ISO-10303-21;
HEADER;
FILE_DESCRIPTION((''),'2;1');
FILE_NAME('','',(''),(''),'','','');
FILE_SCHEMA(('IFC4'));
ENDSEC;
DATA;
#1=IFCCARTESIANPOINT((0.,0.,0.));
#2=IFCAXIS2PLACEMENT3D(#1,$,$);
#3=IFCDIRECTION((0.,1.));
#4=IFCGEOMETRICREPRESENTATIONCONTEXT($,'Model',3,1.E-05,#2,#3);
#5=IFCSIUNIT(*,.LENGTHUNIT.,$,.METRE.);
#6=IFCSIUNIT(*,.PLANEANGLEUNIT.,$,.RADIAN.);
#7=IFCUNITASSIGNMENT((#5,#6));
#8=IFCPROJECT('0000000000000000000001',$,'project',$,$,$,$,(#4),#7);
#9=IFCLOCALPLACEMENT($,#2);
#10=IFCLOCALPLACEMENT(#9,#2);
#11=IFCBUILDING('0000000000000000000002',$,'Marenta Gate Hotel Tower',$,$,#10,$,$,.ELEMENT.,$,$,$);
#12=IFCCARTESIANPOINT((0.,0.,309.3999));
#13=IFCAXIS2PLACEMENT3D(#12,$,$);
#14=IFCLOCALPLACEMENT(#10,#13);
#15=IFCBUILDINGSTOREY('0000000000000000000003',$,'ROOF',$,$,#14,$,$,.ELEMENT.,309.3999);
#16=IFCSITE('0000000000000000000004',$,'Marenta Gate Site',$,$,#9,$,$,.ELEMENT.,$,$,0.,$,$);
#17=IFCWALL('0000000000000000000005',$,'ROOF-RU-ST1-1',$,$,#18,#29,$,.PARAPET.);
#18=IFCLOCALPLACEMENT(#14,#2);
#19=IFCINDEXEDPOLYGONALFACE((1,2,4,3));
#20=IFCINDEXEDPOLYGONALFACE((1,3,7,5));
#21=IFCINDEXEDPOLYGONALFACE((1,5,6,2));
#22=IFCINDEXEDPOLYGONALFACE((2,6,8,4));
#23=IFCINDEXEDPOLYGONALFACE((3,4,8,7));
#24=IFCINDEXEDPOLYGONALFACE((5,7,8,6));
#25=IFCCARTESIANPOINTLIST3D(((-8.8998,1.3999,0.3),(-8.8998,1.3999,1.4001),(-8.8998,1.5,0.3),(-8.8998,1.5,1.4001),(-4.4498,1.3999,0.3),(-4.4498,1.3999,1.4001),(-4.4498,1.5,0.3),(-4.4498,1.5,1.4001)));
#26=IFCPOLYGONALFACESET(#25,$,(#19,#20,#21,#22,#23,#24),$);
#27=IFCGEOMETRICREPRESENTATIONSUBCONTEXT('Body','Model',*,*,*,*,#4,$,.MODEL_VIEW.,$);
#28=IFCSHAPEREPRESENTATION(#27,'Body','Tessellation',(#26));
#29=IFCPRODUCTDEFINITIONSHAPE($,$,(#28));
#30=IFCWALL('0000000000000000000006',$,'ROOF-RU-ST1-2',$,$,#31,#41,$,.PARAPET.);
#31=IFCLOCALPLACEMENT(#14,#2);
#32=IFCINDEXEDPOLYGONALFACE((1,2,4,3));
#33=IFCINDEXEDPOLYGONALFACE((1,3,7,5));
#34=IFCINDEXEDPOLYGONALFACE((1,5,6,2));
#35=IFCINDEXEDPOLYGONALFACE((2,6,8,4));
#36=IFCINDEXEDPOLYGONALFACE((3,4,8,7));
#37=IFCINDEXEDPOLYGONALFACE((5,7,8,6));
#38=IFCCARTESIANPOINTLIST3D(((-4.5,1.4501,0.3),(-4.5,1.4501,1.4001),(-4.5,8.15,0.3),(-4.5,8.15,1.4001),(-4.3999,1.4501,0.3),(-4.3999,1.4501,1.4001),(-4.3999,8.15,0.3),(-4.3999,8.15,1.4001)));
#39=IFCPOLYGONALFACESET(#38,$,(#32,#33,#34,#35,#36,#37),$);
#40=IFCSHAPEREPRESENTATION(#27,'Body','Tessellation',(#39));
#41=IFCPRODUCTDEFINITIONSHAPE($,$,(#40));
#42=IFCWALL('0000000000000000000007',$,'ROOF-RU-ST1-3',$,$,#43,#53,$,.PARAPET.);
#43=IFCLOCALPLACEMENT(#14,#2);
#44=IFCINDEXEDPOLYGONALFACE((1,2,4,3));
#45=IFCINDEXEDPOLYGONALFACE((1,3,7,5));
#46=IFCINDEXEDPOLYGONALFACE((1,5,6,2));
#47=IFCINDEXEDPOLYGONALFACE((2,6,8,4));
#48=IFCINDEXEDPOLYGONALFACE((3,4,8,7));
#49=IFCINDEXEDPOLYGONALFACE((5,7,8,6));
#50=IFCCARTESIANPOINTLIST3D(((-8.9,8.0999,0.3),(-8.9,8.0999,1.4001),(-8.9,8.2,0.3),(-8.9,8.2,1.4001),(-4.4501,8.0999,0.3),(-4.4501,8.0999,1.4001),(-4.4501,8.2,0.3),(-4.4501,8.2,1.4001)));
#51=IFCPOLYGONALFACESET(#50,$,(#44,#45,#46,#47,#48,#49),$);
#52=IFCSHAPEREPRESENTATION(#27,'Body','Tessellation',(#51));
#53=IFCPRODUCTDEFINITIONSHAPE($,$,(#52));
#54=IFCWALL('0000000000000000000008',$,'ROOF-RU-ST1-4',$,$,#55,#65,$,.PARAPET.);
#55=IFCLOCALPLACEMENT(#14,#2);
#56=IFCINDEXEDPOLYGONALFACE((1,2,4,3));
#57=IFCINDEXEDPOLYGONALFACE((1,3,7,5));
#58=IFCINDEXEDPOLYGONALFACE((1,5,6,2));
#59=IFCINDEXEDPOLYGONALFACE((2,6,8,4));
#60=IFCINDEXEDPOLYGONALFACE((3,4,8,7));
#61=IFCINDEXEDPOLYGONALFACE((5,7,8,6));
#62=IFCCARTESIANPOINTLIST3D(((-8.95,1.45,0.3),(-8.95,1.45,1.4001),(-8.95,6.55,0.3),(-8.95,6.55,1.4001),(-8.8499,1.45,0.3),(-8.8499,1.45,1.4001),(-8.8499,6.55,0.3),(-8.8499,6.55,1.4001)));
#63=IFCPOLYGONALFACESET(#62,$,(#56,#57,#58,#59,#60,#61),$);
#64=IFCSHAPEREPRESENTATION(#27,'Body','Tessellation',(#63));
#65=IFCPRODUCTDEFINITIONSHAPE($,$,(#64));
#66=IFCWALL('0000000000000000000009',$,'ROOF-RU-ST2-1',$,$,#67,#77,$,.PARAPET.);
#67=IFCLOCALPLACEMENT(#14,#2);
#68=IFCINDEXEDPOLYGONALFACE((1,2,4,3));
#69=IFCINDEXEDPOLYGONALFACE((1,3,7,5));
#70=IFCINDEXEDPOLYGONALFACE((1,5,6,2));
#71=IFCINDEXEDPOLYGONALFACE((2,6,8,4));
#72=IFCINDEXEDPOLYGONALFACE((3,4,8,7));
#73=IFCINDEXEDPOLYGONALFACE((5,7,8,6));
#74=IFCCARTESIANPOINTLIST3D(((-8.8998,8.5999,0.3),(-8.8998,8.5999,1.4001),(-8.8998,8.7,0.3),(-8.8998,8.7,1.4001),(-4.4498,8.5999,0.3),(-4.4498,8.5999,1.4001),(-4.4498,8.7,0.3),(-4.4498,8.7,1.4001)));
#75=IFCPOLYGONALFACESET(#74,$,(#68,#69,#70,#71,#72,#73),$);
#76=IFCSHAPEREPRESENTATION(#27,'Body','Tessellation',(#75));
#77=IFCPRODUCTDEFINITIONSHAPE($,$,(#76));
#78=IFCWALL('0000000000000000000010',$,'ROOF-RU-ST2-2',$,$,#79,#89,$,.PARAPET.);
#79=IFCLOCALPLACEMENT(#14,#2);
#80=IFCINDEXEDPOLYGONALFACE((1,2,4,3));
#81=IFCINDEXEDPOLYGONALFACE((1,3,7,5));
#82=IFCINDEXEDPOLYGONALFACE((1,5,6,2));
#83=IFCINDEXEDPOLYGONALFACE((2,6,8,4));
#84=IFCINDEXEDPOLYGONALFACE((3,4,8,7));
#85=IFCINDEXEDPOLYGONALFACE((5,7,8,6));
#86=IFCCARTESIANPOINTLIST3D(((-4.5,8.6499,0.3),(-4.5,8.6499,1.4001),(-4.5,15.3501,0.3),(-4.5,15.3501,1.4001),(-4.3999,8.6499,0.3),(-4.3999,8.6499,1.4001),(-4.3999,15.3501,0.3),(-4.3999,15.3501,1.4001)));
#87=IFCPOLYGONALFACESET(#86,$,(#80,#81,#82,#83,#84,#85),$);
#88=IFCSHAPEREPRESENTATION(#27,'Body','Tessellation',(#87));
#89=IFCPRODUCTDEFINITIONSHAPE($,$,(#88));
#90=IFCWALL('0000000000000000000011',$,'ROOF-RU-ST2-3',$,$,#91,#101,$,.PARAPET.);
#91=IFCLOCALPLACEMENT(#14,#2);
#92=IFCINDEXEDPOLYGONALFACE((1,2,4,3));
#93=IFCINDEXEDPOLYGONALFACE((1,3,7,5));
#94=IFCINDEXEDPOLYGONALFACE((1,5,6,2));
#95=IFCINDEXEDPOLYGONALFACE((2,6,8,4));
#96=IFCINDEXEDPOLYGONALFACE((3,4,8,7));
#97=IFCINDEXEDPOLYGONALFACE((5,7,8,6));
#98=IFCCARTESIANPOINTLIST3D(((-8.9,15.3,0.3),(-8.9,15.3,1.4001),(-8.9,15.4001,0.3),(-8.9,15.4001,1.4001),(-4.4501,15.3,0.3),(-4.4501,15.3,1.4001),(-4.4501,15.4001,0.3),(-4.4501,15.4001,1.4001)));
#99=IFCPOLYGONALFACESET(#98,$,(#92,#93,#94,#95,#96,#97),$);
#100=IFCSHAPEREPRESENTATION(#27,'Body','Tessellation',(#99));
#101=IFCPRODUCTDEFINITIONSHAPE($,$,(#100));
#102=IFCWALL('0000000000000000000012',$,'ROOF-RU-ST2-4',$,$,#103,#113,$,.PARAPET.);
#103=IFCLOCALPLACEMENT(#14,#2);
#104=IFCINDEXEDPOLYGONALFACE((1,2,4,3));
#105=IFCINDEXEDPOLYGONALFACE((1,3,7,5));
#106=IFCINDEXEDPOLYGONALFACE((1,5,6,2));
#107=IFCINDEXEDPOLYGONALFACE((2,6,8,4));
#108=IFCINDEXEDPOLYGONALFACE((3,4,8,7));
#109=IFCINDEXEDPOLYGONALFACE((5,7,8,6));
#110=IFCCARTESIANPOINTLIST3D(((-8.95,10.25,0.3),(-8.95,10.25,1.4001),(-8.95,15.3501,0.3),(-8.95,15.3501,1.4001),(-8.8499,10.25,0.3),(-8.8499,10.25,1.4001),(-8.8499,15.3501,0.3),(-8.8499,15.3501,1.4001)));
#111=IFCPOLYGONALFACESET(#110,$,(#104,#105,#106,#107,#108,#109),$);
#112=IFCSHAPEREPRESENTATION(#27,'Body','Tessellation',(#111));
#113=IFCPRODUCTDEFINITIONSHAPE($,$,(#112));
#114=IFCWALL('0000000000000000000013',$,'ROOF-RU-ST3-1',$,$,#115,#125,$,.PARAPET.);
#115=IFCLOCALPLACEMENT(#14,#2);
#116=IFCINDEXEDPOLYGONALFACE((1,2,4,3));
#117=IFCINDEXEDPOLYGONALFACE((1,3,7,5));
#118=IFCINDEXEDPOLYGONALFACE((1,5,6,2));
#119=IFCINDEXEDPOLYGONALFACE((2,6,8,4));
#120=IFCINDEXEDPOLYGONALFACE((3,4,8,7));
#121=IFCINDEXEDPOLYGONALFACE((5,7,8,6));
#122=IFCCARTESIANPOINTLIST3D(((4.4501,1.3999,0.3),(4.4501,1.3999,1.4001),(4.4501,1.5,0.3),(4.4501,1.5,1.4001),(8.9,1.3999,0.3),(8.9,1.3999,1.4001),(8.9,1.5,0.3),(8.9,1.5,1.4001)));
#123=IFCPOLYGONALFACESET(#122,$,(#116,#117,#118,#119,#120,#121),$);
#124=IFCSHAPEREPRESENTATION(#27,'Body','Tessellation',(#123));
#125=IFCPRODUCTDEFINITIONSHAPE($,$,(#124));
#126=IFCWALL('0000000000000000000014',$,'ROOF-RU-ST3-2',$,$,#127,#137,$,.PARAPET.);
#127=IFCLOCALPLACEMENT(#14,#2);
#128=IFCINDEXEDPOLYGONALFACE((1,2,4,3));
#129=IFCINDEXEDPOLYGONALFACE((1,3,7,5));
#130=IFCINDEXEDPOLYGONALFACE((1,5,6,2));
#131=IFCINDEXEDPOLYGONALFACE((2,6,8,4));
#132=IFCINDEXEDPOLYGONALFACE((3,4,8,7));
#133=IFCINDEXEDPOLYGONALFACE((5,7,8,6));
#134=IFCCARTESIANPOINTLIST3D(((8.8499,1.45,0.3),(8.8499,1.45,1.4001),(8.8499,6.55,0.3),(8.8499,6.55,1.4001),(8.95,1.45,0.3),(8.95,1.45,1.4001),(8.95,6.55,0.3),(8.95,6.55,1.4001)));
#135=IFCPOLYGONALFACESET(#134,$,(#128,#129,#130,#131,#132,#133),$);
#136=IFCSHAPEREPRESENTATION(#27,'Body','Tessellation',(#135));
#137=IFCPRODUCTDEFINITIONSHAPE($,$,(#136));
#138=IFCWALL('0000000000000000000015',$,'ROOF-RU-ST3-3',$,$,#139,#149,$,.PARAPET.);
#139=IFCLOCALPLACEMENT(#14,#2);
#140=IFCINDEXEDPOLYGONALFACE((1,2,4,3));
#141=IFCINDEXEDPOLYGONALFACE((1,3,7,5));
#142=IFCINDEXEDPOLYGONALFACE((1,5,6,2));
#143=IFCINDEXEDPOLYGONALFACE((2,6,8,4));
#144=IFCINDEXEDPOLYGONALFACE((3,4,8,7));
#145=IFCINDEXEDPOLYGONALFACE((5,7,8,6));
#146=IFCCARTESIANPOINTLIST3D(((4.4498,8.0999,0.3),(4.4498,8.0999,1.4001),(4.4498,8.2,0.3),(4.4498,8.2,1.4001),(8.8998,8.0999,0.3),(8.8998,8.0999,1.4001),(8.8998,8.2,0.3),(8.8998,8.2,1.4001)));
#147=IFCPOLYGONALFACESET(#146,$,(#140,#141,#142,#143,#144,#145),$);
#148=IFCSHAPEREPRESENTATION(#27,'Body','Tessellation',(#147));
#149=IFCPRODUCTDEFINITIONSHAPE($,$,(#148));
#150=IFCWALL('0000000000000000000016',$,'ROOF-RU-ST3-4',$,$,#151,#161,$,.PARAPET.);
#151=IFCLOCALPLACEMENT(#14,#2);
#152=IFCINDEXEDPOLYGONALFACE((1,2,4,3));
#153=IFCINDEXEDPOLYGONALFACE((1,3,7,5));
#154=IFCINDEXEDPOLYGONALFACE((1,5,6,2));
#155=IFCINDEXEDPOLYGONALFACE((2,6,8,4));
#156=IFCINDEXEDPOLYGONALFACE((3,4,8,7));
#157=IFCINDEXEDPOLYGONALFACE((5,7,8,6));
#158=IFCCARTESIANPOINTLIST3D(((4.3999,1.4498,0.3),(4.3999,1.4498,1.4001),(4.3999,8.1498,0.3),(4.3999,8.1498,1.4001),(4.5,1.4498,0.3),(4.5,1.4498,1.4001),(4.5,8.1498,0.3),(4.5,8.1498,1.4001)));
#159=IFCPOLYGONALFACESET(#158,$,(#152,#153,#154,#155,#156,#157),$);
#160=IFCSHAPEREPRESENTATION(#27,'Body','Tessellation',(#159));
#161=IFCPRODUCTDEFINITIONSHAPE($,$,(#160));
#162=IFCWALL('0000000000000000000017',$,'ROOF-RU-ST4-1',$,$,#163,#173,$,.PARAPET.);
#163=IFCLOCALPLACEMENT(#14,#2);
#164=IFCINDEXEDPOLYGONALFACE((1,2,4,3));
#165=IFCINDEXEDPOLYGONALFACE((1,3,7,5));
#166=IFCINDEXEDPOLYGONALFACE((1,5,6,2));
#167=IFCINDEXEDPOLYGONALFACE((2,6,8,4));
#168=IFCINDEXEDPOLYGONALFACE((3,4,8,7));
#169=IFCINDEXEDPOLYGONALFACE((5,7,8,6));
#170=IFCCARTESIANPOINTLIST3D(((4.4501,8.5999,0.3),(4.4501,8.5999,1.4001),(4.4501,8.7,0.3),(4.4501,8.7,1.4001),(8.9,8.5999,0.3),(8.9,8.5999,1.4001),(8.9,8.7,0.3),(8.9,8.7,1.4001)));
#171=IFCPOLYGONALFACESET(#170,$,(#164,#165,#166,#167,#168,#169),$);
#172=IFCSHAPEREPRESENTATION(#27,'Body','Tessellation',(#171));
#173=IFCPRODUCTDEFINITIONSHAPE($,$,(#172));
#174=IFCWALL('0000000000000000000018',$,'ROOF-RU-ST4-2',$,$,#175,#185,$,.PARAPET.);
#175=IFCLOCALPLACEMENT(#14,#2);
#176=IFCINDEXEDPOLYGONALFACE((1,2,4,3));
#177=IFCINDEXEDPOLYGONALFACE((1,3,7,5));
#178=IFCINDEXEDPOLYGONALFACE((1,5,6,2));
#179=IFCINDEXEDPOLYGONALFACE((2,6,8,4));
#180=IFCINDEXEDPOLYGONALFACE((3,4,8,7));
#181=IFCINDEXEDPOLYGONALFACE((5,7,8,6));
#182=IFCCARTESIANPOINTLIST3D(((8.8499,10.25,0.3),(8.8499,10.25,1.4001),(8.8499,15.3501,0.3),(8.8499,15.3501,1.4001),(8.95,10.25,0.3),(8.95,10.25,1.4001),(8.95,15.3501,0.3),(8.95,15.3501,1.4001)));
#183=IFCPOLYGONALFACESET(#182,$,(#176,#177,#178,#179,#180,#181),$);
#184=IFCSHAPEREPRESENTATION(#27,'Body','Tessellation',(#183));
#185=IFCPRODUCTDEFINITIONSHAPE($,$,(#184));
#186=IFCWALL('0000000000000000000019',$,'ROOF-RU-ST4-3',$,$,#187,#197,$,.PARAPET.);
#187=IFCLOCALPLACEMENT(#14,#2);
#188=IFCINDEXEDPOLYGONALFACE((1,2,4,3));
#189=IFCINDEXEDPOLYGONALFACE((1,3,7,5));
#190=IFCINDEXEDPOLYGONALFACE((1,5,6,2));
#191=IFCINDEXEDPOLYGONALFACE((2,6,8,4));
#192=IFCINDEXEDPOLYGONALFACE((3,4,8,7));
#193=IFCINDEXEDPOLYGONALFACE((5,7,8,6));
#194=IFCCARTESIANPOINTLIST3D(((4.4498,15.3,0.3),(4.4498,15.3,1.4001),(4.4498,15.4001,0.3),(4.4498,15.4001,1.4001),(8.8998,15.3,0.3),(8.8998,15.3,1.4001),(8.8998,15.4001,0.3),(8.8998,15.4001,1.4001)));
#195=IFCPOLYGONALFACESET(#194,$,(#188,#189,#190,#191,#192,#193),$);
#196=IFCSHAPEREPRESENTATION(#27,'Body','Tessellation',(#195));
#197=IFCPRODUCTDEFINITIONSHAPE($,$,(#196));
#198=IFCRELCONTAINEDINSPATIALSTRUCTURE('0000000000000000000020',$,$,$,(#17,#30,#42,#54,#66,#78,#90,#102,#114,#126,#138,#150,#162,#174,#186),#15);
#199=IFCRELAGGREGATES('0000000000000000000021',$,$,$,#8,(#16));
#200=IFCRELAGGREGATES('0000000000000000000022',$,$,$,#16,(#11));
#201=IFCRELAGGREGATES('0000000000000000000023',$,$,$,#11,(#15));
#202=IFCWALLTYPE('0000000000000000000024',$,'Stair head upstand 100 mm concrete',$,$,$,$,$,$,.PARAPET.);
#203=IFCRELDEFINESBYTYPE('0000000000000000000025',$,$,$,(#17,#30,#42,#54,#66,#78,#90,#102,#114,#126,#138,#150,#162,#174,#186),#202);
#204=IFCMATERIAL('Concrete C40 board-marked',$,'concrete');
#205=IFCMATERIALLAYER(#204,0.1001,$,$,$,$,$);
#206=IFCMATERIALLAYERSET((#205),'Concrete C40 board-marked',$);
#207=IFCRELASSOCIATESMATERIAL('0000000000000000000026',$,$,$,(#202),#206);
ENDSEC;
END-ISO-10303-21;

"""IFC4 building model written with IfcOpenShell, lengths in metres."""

from ifc_helpers import new_model, si_unit, direction, frame, frame_2d, origin, place, context, subcontext, project, spatial, rectangle, extrude, material, layer, layer_set, type_object, element, save


model = new_model("IFC4")

# Units and contexts
model_context = context("Model", 3, precision=1e-05, world=origin(), true_north=direction((0.0, 1.0)))
body_context = subcontext(model_context, "Body", "Model", "MODEL_VIEW")
ifc_project = project(units=[si_unit("LENGTHUNIT", "METRE"), si_unit("PLANEANGLEUNIT", "RADIAN")], contexts=[model_context])

# Site, building, storey
site_placement = place(None, origin())
site = spatial("IfcSite", under=ifc_project, at=site_placement, Name="Marenta Gate Site", CompositionType="ELEMENT", RefElevation=0.0)
building_placement = place(site_placement, origin())
building = spatial("IfcBuilding", under=site, at=building_placement, Name="Marenta Gate Hotel Tower", CompositionType="ELEMENT")
storey_placement = place(building_placement, frame((0.0, 0.0, 309.3999)))
storey = spatial("IfcBuildingStorey", under=building, at=storey_placement, Name="ROOF", CompositionType="ELEMENT", Elevation=309.3999)

# Walls
ifc_material_1 = material(Name="Concrete C40 board-marked", Category="concrete")
ifc_layer_1 = layer(ifc_material_1, 0.1001)
ifc_layer_set_1 = layer_set([ifc_layer_1], Name="Concrete C40 board-marked")
wall_type_1 = type_object("IfcWallType", Name="Stair head upstand 100 mm concrete", PredefinedType="PARAPET", material=ifc_layer_set_1)
wall_1_placement = place(storey_placement, frame((-8.8999, 1.45, 0.3), z_axis=(0.0, 0.0, 1.0), x_axis=(1.0, 0.0, 0.0)))
element("IfcWall", 1, at=wall_1_placement, inside=storey, type_object=wall_type_1, Name="ROOF-RU-ST1-1", PredefinedType="PARAPET", context=body_context, shape_type="SweptSolid", body=[
    extrude(rectangle(XDim=4.45, YDim=0.1001, at=frame_2d((2.2251, 0.0))), origin(), (0.0, 0.0, 1.0), 1.1001),
])
wall_2_placement = place(storey_placement, frame((-4.45, 1.45, 0.3), z_axis=(0.0, 0.0, 1.0), x_axis=(0.0, 1.0, 0.0)))
element("IfcWall", 2, at=wall_2_placement, inside=storey, type_object=wall_type_1, Name="ROOF-RU-ST1-2", PredefinedType="PARAPET", context=body_context, shape_type="SweptSolid", body=[
    extrude(rectangle(XDim=6.7, YDim=0.1001, at=frame_2d((3.3501, 0.0))), origin(), (0.0, 0.0, 1.0), 1.1001),
])
wall_3_placement = place(storey_placement, frame((-4.45, 8.1499, 0.3), z_axis=(0.0, 0.0, 1.0), x_axis=(-1.0, 0.0, 0.0)))
element("IfcWall", 3, at=wall_3_placement, inside=storey, type_object=wall_type_1, Name="ROOF-RU-ST1-3", PredefinedType="PARAPET", context=body_context, shape_type="SweptSolid", body=[
    extrude(rectangle(XDim=4.45, YDim=0.1001, at=frame_2d((2.2251, 0.0))), origin(), (0.0, 0.0, 1.0), 1.1001),
])
wall_4_placement = place(storey_placement, frame((-8.8999, 1.45, 0.3), z_axis=(0.0, 0.0, 1.0), x_axis=(0.0, 1.0, 0.0)))
element("IfcWall", 4, at=wall_4_placement, inside=storey, type_object=wall_type_1, Name="ROOF-RU-ST1-4", PredefinedType="PARAPET", context=body_context, shape_type="SweptSolid", body=[
    extrude(rectangle(XDim=5.1001, YDim=0.1001, at=frame_2d((2.55, 0.0))), origin(), (0.0, 0.0, 1.0), 1.1001),
])
wall_5_placement = place(storey_placement, frame((-8.8999, 8.6499, 0.3), z_axis=(0.0, 0.0, 1.0), x_axis=(1.0, 0.0, 0.0)))
element("IfcWall", 5, at=wall_5_placement, inside=storey, type_object=wall_type_1, Name="ROOF-RU-ST2-1", PredefinedType="PARAPET", context=body_context, shape_type="SweptSolid", body=[
    extrude(rectangle(XDim=4.45, YDim=0.1001, at=frame_2d((2.2251, 0.0))), origin(), (0.0, 0.0, 1.0), 1.1001),
])
wall_6_placement = place(storey_placement, frame((-4.45, 8.6499, 0.3), z_axis=(0.0, 0.0, 1.0), x_axis=(0.0, 1.0, 0.0)))
element("IfcWall", 6, at=wall_6_placement, inside=storey, type_object=wall_type_1, Name="ROOF-RU-ST2-2", PredefinedType="PARAPET", context=body_context, shape_type="SweptSolid", body=[
    extrude(rectangle(XDim=6.7002, YDim=0.1001, at=frame_2d((3.3501, 0.0))), origin(), (0.0, 0.0, 1.0), 1.1001),
])
wall_7_placement = place(storey_placement, frame((-4.45, 15.3501, 0.3), z_axis=(0.0, 0.0, 1.0), x_axis=(-1.0, 0.0, 0.0)))
element("IfcWall", 7, at=wall_7_placement, inside=storey, type_object=wall_type_1, Name="ROOF-RU-ST2-3", PredefinedType="PARAPET", context=body_context, shape_type="SweptSolid", body=[
    extrude(rectangle(XDim=4.45, YDim=0.1001, at=frame_2d((2.2251, 0.0))), origin(), (0.0, 0.0, 1.0), 1.1001),
])
wall_8_placement = place(storey_placement, frame((-8.8999, 10.25, 0.3), z_axis=(0.0, 0.0, 1.0), x_axis=(0.0, 1.0, 0.0)))
element("IfcWall", 8, at=wall_8_placement, inside=storey, type_object=wall_type_1, Name="ROOF-RU-ST2-4", PredefinedType="PARAPET", context=body_context, shape_type="SweptSolid", body=[
    extrude(rectangle(XDim=5.1001, YDim=0.1001, at=frame_2d((2.55, 0.0))), origin(), (0.0, 0.0, 1.0), 1.1001),
])
wall_9_placement = place(storey_placement, frame((4.45, 1.45, 0.3), z_axis=(0.0, 0.0, 1.0), x_axis=(1.0, 0.0, 0.0)))
element("IfcWall", 9, at=wall_9_placement, inside=storey, type_object=wall_type_1, Name="ROOF-RU-ST3-1", PredefinedType="PARAPET", context=body_context, shape_type="SweptSolid", body=[
    extrude(rectangle(XDim=4.45, YDim=0.1001, at=frame_2d((2.2251, 0.0))), origin(), (0.0, 0.0, 1.0), 1.1001),
])
wall_10_placement = place(storey_placement, frame((8.8999, 1.45, 0.3), z_axis=(0.0, 0.0, 1.0), x_axis=(0.0, 1.0, 0.0)))
element("IfcWall", 10, at=wall_10_placement, inside=storey, type_object=wall_type_1, Name="ROOF-RU-ST3-2", PredefinedType="PARAPET", context=body_context, shape_type="SweptSolid", body=[
    extrude(rectangle(XDim=5.1001, YDim=0.1001, at=frame_2d((2.55, 0.0))), origin(), (0.0, 0.0, 1.0), 1.1001),
])
wall_11_placement = place(storey_placement, frame((8.8999, 8.1499, 0.3), z_axis=(0.0, 0.0, 1.0), x_axis=(-1.0, 0.0, 0.0)))
element("IfcWall", 11, at=wall_11_placement, inside=storey, type_object=wall_type_1, Name="ROOF-RU-ST3-3", PredefinedType="PARAPET", context=body_context, shape_type="SweptSolid", body=[
    extrude(rectangle(XDim=4.45, YDim=0.1001, at=frame_2d((2.2251, 0.0))), origin(), (0.0, 0.0, 1.0), 1.1001),
])
wall_12_placement = place(storey_placement, frame((4.45, 8.1499, 0.3), z_axis=(0.0, 0.0, 1.0), x_axis=(0.0, -1.0, 0.0)))
element("IfcWall", 12, at=wall_12_placement, inside=storey, type_object=wall_type_1, Name="ROOF-RU-ST3-4", PredefinedType="PARAPET", context=body_context, shape_type="SweptSolid", body=[
    extrude(rectangle(XDim=6.7, YDim=0.1001, at=frame_2d((3.3501, 0.0))), origin(), (0.0, 0.0, 1.0), 1.1001),
])
wall_13_placement = place(storey_placement, frame((4.45, 8.6499, 0.3), z_axis=(0.0, 0.0, 1.0), x_axis=(1.0, 0.0, 0.0)))
element("IfcWall", 13, at=wall_13_placement, inside=storey, type_object=wall_type_1, Name="ROOF-RU-ST4-1", PredefinedType="PARAPET", context=body_context, shape_type="SweptSolid", body=[
    extrude(rectangle(XDim=4.45, YDim=0.1001, at=frame_2d((2.2251, 0.0))), origin(), (0.0, 0.0, 1.0), 1.1001),
])
wall_14_placement = place(storey_placement, frame((8.8999, 10.25, 0.3), z_axis=(0.0, 0.0, 1.0), x_axis=(0.0, 1.0, 0.0)))
element("IfcWall", 14, at=wall_14_placement, inside=storey, type_object=wall_type_1, Name="ROOF-RU-ST4-2", PredefinedType="PARAPET", context=body_context, shape_type="SweptSolid", body=[
    extrude(rectangle(XDim=5.1001, YDim=0.1001, at=frame_2d((2.55, 0.0))), origin(), (0.0, 0.0, 1.0), 1.1001),
])
wall_15_placement = place(storey_placement, frame((8.8999, 15.3501, 0.3), z_axis=(0.0, 0.0, 1.0), x_axis=(-1.0, 0.0, 0.0)))
element("IfcWall", 15, at=wall_15_placement, inside=storey, type_object=wall_type_1, Name="ROOF-RU-ST4-3", PredefinedType="PARAPET", context=body_context, shape_type="SweptSolid", body=[
    extrude(rectangle(XDim=4.45, YDim=0.1001, at=frame_2d((2.2251, 0.0))), origin(), (0.0, 0.0, 1.0), 1.1001),
])

save(model, "model.ifc")
